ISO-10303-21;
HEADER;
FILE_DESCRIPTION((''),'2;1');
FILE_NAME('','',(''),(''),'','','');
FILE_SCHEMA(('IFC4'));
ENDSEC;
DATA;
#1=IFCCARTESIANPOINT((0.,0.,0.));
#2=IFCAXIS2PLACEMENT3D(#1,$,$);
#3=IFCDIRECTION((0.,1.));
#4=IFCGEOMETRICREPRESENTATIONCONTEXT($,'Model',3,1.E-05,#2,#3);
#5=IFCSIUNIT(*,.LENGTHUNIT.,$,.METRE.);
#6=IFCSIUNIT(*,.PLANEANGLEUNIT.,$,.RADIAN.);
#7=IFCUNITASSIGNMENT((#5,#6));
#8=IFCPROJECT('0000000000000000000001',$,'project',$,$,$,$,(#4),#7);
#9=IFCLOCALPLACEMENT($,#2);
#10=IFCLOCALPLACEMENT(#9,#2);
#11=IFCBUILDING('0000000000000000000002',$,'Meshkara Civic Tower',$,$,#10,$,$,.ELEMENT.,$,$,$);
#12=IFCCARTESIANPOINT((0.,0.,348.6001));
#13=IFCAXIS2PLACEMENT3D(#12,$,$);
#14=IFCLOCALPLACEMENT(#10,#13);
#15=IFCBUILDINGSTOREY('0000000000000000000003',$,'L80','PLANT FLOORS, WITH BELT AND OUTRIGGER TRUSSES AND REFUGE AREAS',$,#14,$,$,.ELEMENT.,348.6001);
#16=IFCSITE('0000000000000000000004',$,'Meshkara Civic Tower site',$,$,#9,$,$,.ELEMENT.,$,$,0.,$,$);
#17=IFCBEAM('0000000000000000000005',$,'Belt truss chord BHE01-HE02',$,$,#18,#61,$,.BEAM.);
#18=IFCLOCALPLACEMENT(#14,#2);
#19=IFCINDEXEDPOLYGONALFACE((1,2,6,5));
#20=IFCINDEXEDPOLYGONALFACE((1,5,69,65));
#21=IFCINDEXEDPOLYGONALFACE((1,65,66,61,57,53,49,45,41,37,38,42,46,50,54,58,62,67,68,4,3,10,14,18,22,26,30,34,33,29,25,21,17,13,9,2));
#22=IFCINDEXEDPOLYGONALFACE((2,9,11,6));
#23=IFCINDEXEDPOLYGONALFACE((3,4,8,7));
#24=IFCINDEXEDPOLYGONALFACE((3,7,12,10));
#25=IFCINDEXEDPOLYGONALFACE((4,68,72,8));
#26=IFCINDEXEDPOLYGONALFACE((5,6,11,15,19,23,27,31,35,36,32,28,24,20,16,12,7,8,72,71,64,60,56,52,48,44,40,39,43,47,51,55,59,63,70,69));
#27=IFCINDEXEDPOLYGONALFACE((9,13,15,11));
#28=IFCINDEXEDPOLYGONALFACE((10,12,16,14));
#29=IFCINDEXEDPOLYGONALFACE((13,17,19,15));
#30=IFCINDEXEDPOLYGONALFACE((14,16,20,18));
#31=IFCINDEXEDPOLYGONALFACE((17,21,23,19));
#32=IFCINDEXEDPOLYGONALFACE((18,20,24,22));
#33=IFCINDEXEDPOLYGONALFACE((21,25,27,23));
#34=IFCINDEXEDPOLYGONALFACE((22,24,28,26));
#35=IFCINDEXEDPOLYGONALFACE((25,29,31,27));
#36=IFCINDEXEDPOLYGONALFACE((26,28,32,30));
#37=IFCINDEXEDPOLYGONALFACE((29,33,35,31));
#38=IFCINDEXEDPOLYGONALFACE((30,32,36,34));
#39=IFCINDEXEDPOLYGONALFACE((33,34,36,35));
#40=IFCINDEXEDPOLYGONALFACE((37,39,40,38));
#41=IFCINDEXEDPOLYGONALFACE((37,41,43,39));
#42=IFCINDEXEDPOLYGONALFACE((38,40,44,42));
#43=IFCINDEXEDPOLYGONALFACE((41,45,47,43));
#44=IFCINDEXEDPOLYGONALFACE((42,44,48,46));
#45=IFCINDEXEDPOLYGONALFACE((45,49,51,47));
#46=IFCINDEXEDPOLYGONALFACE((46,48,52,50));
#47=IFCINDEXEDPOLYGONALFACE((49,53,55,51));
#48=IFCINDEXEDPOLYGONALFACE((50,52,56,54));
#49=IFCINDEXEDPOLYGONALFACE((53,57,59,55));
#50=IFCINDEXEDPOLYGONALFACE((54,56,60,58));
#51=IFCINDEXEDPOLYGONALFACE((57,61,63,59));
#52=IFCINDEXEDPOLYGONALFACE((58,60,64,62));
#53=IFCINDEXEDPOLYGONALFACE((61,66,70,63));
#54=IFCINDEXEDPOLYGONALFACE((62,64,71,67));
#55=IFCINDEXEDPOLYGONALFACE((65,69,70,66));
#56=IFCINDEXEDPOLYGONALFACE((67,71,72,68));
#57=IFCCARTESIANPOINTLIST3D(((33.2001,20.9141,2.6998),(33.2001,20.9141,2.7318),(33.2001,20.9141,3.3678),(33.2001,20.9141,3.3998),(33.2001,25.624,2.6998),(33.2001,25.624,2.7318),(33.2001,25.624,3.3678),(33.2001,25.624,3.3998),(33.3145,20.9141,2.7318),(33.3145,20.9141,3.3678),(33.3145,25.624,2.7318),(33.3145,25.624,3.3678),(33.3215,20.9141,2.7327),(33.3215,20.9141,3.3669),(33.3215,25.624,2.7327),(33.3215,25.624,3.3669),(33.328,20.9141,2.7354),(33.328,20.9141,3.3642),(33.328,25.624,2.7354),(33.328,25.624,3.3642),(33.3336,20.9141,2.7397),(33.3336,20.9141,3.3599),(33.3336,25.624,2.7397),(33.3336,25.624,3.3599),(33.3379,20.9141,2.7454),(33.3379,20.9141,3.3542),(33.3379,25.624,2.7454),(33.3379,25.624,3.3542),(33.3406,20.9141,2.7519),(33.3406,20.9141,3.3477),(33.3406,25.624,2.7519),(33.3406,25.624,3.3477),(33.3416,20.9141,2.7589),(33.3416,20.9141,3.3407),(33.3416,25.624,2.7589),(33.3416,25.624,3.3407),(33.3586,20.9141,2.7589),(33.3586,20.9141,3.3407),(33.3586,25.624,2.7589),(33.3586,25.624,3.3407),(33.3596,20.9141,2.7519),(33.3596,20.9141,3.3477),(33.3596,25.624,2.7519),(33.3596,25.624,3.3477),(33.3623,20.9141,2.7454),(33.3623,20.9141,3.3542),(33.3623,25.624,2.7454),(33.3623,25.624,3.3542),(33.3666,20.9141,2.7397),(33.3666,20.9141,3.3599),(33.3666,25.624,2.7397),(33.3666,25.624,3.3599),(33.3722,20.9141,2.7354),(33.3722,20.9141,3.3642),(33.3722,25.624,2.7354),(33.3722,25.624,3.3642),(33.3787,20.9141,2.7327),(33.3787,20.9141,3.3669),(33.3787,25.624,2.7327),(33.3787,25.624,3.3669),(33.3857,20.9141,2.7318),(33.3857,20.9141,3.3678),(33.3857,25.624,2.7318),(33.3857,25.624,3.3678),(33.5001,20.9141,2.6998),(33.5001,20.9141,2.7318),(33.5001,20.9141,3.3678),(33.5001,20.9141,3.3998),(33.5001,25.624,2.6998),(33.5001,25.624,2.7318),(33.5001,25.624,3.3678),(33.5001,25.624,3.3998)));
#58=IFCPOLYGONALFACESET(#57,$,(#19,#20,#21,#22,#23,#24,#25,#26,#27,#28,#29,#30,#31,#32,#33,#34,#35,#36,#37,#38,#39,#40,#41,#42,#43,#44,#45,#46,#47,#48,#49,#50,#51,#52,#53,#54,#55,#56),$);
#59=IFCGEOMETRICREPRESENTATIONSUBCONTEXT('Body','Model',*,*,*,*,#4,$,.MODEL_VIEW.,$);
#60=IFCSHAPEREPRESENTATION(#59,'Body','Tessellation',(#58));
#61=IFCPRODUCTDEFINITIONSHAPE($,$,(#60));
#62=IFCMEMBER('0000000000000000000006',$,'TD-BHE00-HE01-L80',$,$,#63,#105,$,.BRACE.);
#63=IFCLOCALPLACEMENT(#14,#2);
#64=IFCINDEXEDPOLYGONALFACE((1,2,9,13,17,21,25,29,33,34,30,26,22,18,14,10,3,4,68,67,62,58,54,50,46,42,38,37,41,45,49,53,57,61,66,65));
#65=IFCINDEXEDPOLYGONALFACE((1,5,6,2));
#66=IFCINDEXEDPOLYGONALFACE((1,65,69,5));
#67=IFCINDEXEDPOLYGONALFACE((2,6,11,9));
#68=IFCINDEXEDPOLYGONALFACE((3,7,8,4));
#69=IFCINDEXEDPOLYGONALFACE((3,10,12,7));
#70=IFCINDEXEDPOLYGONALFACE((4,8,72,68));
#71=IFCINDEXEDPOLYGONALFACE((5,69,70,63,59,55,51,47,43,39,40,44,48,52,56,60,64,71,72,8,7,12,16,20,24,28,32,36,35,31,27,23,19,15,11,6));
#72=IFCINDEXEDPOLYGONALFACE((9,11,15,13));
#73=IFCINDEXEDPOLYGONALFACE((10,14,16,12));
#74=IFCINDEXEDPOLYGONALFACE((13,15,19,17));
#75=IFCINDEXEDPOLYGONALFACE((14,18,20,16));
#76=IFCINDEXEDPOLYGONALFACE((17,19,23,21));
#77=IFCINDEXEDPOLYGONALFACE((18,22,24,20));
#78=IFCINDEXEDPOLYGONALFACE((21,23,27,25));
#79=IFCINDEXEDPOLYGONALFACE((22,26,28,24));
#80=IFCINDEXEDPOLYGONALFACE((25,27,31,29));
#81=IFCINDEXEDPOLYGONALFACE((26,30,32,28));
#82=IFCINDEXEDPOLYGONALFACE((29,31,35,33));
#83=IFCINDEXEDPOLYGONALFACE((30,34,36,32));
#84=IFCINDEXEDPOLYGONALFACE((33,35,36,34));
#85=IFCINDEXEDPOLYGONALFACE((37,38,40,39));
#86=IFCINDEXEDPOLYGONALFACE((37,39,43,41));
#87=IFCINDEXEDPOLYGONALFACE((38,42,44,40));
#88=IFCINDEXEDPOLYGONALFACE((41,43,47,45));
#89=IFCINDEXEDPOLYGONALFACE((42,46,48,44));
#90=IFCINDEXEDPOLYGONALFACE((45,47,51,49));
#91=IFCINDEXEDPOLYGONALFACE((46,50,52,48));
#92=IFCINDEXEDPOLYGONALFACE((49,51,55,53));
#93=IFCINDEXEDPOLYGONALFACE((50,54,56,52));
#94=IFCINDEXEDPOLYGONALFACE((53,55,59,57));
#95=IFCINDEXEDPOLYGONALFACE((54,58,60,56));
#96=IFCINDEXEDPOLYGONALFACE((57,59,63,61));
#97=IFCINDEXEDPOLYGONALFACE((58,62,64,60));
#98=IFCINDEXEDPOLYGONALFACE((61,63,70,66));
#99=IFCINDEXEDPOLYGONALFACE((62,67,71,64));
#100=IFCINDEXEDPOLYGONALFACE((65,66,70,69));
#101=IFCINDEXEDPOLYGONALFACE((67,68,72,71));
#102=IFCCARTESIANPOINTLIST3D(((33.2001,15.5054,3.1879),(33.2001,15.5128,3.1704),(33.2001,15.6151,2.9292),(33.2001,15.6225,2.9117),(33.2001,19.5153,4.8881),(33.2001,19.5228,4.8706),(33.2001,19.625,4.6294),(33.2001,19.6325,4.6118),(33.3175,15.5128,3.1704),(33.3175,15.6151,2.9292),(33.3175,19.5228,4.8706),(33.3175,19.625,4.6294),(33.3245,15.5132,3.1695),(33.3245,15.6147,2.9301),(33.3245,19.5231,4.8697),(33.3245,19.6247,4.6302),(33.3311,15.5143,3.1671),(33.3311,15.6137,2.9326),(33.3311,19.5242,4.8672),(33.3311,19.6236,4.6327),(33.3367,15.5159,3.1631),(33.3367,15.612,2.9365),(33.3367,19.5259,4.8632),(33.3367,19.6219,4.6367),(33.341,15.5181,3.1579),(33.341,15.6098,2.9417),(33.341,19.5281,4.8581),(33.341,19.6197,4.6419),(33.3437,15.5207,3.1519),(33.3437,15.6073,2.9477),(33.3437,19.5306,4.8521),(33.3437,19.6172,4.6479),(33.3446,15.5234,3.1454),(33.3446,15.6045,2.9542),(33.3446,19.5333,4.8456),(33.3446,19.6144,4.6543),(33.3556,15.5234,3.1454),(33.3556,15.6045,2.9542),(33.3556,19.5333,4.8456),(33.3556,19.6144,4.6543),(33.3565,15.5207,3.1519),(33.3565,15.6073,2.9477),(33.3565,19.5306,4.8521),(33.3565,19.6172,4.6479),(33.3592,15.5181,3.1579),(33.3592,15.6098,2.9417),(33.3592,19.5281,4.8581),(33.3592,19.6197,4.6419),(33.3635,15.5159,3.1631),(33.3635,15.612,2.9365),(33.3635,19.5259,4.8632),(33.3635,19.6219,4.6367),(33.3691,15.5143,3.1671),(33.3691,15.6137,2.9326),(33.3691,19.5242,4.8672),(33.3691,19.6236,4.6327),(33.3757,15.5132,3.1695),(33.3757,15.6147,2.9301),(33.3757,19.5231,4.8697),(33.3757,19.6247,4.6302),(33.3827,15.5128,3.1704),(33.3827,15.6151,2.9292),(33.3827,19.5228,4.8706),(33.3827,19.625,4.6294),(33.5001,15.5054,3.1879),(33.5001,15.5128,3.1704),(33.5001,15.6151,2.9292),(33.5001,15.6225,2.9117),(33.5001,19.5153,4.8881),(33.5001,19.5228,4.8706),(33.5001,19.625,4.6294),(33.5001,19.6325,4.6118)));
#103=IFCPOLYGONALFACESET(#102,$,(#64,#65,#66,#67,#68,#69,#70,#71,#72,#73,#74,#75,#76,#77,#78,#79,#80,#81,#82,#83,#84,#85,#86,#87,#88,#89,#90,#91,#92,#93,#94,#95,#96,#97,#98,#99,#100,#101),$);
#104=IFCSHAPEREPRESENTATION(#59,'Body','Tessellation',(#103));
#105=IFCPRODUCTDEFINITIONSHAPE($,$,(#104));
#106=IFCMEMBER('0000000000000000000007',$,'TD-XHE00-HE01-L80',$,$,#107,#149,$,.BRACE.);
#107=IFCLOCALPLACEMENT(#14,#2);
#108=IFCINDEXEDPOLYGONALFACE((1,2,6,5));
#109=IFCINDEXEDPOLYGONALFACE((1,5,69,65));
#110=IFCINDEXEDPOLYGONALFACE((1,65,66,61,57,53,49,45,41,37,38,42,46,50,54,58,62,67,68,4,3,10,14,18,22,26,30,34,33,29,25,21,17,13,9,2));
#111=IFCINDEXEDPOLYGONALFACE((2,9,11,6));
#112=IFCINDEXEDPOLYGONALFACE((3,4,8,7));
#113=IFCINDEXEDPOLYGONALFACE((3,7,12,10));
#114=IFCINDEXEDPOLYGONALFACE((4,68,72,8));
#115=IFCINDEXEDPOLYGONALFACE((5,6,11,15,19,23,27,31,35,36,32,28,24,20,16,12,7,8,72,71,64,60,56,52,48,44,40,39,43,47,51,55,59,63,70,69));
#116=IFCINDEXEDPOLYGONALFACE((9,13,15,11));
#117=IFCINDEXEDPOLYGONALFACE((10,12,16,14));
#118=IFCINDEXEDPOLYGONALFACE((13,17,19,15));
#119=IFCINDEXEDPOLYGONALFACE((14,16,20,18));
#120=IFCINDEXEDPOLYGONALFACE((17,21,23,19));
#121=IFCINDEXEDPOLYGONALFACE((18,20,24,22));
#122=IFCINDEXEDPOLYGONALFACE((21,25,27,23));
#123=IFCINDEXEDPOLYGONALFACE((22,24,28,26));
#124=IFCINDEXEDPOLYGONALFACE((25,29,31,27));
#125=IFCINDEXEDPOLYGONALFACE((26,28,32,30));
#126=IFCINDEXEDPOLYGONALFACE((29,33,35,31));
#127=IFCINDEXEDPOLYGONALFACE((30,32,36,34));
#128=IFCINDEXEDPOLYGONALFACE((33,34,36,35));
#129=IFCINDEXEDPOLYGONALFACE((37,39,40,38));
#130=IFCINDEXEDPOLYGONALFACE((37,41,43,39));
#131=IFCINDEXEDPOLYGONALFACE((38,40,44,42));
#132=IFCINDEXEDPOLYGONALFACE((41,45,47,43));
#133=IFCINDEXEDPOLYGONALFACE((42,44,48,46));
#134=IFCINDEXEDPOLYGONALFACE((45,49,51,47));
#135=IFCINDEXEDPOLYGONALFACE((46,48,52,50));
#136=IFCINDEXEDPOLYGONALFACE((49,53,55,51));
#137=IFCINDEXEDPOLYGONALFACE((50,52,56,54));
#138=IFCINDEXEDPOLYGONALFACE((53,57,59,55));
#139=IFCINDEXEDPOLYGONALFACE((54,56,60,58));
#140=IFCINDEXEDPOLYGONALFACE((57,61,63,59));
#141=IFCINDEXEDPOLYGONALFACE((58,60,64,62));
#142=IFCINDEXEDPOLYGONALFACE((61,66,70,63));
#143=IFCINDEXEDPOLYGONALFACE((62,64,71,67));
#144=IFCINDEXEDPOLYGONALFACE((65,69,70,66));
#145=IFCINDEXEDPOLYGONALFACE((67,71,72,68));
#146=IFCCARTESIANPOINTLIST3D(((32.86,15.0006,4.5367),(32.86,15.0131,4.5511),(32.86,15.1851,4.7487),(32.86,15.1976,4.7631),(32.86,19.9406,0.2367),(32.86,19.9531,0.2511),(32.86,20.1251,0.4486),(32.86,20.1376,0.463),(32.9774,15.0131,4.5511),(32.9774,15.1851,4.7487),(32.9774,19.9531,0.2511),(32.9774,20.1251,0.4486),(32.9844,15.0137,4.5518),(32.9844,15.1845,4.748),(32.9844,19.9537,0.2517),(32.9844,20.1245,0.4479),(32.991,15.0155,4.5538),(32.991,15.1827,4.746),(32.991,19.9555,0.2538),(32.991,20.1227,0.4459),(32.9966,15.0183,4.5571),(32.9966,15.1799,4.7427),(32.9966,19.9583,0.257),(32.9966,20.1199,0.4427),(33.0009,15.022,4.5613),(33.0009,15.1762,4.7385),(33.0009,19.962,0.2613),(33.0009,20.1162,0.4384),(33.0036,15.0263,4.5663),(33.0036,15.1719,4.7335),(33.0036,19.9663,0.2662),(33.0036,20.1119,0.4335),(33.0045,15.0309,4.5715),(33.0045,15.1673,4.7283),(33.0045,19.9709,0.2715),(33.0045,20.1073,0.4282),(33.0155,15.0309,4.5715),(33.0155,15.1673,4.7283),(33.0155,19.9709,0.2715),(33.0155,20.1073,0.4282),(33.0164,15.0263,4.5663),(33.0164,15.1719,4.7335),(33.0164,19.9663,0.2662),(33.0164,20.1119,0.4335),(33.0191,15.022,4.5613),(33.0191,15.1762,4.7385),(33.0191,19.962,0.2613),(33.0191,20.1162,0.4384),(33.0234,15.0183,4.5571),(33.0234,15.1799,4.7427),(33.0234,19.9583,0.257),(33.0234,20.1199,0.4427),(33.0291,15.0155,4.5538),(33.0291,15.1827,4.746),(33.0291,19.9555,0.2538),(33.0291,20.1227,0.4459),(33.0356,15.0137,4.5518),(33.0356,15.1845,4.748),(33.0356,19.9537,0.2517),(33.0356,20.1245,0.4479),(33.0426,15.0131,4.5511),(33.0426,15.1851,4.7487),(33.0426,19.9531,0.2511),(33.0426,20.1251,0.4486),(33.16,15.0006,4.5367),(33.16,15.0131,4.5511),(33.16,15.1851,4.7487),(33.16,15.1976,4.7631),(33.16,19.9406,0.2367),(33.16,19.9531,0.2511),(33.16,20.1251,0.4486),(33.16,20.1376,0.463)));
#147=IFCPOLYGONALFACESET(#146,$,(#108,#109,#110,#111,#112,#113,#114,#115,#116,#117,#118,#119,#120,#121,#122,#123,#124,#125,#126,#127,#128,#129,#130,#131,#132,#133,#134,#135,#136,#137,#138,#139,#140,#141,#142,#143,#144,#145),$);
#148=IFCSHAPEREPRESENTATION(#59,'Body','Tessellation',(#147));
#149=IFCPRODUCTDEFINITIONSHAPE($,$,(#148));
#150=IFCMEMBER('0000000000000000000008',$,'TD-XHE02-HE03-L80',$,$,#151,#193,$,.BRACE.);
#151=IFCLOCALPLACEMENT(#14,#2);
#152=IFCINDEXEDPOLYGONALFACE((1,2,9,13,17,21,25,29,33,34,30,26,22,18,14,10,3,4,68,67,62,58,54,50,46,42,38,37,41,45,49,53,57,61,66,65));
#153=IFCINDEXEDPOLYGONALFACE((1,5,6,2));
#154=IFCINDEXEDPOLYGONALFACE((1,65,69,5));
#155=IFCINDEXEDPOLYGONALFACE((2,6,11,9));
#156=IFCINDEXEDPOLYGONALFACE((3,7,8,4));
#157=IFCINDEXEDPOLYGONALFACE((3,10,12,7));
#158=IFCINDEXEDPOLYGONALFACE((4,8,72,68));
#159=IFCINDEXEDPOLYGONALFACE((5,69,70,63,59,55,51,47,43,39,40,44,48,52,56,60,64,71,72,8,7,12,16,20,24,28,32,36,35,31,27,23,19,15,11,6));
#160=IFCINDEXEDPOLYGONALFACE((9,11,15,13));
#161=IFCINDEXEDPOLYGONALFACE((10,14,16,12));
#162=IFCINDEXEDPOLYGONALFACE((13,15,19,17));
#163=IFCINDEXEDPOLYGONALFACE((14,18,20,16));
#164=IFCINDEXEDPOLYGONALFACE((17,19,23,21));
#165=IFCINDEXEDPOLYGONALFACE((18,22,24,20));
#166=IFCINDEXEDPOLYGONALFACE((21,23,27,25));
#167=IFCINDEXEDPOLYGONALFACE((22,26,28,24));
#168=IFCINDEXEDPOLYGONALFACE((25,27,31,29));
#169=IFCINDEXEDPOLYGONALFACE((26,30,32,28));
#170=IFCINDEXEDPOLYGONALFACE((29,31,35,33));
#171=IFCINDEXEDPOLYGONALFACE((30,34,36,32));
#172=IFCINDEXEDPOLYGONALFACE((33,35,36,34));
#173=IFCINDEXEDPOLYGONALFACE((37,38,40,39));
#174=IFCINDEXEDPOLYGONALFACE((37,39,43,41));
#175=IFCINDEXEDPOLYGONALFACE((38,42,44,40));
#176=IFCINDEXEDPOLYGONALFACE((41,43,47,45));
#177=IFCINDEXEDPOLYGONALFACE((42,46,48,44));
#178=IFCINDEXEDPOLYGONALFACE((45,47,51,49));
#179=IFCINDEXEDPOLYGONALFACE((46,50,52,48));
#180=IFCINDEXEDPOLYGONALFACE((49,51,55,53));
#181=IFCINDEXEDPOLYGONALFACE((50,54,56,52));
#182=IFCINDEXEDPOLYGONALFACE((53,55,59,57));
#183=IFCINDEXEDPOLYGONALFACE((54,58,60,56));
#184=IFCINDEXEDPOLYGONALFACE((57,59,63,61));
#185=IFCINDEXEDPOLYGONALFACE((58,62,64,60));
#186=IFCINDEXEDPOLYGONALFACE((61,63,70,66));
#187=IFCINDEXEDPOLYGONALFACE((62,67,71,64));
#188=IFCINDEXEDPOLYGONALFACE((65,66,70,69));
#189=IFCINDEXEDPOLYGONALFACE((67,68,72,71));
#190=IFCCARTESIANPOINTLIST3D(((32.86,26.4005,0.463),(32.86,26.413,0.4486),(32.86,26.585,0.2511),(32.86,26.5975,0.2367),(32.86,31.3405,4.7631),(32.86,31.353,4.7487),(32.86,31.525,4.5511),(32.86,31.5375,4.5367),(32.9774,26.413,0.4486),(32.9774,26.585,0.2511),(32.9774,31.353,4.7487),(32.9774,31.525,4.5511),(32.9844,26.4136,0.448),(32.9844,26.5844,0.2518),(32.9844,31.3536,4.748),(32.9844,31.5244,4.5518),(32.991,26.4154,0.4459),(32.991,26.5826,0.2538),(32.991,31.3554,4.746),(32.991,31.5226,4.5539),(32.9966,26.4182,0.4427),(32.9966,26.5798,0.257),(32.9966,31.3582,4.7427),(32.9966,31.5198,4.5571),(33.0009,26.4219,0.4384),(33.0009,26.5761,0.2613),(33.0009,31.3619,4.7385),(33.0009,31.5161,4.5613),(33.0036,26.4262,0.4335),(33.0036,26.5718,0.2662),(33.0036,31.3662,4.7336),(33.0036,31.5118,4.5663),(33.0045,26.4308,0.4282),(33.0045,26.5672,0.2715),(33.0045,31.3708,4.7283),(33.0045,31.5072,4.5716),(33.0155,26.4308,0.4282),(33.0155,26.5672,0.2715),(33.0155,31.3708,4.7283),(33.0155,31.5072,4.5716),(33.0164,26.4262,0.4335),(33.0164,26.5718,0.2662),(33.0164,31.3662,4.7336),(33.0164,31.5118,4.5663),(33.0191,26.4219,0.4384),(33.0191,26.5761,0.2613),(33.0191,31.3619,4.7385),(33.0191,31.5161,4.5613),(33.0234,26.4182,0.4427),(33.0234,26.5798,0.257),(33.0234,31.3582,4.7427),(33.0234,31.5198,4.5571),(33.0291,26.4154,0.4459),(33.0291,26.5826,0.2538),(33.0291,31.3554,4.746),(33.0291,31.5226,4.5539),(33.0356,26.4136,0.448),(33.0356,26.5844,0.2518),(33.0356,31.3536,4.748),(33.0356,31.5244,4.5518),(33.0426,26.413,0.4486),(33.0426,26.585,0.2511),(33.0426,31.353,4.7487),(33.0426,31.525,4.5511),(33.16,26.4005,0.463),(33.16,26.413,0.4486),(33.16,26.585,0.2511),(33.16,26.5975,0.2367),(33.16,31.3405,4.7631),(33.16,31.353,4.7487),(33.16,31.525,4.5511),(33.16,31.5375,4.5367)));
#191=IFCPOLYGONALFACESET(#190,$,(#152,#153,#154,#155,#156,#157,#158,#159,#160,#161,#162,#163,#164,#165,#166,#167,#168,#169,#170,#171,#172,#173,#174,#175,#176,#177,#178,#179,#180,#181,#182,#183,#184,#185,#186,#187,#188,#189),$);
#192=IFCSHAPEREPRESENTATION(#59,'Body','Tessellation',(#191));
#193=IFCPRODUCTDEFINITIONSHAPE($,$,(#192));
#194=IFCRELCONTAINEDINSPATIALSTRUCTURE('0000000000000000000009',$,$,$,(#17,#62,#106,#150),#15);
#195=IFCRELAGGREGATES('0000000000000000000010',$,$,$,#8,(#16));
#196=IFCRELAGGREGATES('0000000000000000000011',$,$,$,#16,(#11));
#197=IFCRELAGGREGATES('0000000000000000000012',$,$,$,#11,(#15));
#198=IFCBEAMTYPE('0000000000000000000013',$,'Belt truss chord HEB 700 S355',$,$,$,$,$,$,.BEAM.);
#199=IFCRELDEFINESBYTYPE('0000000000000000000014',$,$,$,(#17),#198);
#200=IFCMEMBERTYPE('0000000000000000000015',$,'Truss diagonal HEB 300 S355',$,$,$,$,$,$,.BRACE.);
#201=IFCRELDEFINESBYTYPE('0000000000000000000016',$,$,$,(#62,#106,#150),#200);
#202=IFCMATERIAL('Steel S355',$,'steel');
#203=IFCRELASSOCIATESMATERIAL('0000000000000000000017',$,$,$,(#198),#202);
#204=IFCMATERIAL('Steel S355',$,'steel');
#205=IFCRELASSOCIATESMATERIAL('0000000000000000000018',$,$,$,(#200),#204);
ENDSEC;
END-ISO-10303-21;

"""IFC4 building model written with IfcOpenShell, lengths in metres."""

from ifc_helpers import new_model, si_unit, direction, frame, origin, origin_2d, place, context, subcontext, project, spatial, i_section, extrude, material, material_profile, profile_set, type_object, element, save


model = new_model("IFC4")

# Units and contexts
model_context = context("Model", 3, precision=1e-05, world=origin(), true_north=direction((0.0, 1.0)))
body_context = subcontext(model_context, "Body", "Model", "MODEL_VIEW")
ifc_project = project(units=[si_unit("LENGTHUNIT", "METRE"), si_unit("PLANEANGLEUNIT", "RADIAN")], contexts=[model_context])

# Site, building, storey
site_placement = place(None, origin())
site = spatial("IfcSite", under=ifc_project, at=site_placement, Name="Meshkara Civic Tower site", CompositionType="ELEMENT", RefElevation=0.0)
building_placement = place(site_placement, origin())
building = spatial("IfcBuilding", under=site, at=building_placement, Name="Meshkara Civic Tower", CompositionType="ELEMENT")
storey_placement = place(building_placement, frame((0.0, 0.0, 348.6001)))
storey = spatial("IfcBuildingStorey", under=building, at=storey_placement, Name="L80", Description="PLANT FLOORS, WITH BELT AND OUTRIGGER TRUSSES AND REFUGE AREAS", CompositionType="ELEMENT", Elevation=348.6001)

# Beam
ifc_material_1 = material(Name="Steel S355", Category="steel")
ifc_material_profile_1 = material_profile(ifc_material_1, i_section(OverallWidth=0.3, OverallDepth=0.7, WebThickness=0.0171, FlangeThickness=0.032, FilletRadius=0.0271, at=origin_2d()))
ifc_profile_set_1 = profile_set([ifc_material_profile_1], Name="Steel S355")
beam_type = type_object("IfcBeamType", Name="Belt truss chord HEB 700 S355", PredefinedType="BEAM", material=ifc_profile_set_1)
for number, where, z_axis, x_axis, name in (
    (1, (33.3501, 20.9141, 3.0498), (0.0, 1.0, 0.0), (-1.0, 0.0, 0.0), "Belt truss chord BHE01-HE02"),
):
    element("IfcBeam", number, at=place(storey_placement, frame(where, z_axis=z_axis, x_axis=x_axis)), inside=storey, type_object=beam_type, Name=name, PredefinedType="BEAM", context=body_context, shape_type="SweptSolid", body=[
        extrude(i_section(OverallWidth=0.3, OverallDepth=0.7, WebThickness=0.0171, FlangeThickness=0.032, FilletRadius=0.0271, at=origin_2d()), origin(), (0.0, 0.0, 1.0), 4.71),
    ])

# Members
ifc_material_2 = material(Name="Steel S355", Category="steel")
ifc_material_profile_2 = material_profile(ifc_material_2, i_section(OverallWidth=0.3, OverallDepth=0.3, WebThickness=0.011, FlangeThickness=0.019, FilletRadius=0.0271, at=origin_2d()))
ifc_profile_set_2 = profile_set([ifc_material_profile_2], Name="Steel S355")
member_type = type_object("IfcMemberType", Name="Truss diagonal HEB 300 S355", PredefinedType="BRACE", material=ifc_profile_set_2)
member_placement = place(storey_placement, frame((33.3501, 15.564, 3.0498), z_axis=(0.0, 0.920666, 0.390351), x_axis=(-1.0, 0.0, 0.0)))
element("IfcMember", 2, at=member_placement, inside=storey, type_object=member_type, Name="TD-BHE00-HE01-L80", PredefinedType="BRACE", context=body_context, shape_type="SweptSolid", body=[
    extrude(i_section(OverallWidth=0.3, OverallDepth=0.3, WebThickness=0.011, FlangeThickness=0.019, FilletRadius=0.0271, at=origin_2d()), origin(), (0.0, 0.0, 1.0), 4.3555),
])
for number, where, z_axis, x_axis, name in (
    (3, (33.01, 15.0991, 4.6499), (0.0, 0.754269, -0.656565), (-1.0, 0.0, 0.0), "TD-XHE00-HE01-L80"),
    (4, (33.01, 26.499, 0.3499), (0.0, 0.754269, 0.656565), (-1.0, 0.0, 0.0), "TD-XHE02-HE03-L80"),
):
    element("IfcMember", number, at=place(storey_placement, frame(where, z_axis=z_axis, x_axis=x_axis)), inside=storey, type_object=member_type, Name=name, PredefinedType="BRACE", context=body_context, shape_type="SweptSolid", body=[
        extrude(i_section(OverallWidth=0.3, OverallDepth=0.3, WebThickness=0.011, FlangeThickness=0.019, FilletRadius=0.0271, at=origin_2d()), origin(), (0.0, 0.0, 1.0), 6.5493),
    ])

save(model, "model.ifc")
